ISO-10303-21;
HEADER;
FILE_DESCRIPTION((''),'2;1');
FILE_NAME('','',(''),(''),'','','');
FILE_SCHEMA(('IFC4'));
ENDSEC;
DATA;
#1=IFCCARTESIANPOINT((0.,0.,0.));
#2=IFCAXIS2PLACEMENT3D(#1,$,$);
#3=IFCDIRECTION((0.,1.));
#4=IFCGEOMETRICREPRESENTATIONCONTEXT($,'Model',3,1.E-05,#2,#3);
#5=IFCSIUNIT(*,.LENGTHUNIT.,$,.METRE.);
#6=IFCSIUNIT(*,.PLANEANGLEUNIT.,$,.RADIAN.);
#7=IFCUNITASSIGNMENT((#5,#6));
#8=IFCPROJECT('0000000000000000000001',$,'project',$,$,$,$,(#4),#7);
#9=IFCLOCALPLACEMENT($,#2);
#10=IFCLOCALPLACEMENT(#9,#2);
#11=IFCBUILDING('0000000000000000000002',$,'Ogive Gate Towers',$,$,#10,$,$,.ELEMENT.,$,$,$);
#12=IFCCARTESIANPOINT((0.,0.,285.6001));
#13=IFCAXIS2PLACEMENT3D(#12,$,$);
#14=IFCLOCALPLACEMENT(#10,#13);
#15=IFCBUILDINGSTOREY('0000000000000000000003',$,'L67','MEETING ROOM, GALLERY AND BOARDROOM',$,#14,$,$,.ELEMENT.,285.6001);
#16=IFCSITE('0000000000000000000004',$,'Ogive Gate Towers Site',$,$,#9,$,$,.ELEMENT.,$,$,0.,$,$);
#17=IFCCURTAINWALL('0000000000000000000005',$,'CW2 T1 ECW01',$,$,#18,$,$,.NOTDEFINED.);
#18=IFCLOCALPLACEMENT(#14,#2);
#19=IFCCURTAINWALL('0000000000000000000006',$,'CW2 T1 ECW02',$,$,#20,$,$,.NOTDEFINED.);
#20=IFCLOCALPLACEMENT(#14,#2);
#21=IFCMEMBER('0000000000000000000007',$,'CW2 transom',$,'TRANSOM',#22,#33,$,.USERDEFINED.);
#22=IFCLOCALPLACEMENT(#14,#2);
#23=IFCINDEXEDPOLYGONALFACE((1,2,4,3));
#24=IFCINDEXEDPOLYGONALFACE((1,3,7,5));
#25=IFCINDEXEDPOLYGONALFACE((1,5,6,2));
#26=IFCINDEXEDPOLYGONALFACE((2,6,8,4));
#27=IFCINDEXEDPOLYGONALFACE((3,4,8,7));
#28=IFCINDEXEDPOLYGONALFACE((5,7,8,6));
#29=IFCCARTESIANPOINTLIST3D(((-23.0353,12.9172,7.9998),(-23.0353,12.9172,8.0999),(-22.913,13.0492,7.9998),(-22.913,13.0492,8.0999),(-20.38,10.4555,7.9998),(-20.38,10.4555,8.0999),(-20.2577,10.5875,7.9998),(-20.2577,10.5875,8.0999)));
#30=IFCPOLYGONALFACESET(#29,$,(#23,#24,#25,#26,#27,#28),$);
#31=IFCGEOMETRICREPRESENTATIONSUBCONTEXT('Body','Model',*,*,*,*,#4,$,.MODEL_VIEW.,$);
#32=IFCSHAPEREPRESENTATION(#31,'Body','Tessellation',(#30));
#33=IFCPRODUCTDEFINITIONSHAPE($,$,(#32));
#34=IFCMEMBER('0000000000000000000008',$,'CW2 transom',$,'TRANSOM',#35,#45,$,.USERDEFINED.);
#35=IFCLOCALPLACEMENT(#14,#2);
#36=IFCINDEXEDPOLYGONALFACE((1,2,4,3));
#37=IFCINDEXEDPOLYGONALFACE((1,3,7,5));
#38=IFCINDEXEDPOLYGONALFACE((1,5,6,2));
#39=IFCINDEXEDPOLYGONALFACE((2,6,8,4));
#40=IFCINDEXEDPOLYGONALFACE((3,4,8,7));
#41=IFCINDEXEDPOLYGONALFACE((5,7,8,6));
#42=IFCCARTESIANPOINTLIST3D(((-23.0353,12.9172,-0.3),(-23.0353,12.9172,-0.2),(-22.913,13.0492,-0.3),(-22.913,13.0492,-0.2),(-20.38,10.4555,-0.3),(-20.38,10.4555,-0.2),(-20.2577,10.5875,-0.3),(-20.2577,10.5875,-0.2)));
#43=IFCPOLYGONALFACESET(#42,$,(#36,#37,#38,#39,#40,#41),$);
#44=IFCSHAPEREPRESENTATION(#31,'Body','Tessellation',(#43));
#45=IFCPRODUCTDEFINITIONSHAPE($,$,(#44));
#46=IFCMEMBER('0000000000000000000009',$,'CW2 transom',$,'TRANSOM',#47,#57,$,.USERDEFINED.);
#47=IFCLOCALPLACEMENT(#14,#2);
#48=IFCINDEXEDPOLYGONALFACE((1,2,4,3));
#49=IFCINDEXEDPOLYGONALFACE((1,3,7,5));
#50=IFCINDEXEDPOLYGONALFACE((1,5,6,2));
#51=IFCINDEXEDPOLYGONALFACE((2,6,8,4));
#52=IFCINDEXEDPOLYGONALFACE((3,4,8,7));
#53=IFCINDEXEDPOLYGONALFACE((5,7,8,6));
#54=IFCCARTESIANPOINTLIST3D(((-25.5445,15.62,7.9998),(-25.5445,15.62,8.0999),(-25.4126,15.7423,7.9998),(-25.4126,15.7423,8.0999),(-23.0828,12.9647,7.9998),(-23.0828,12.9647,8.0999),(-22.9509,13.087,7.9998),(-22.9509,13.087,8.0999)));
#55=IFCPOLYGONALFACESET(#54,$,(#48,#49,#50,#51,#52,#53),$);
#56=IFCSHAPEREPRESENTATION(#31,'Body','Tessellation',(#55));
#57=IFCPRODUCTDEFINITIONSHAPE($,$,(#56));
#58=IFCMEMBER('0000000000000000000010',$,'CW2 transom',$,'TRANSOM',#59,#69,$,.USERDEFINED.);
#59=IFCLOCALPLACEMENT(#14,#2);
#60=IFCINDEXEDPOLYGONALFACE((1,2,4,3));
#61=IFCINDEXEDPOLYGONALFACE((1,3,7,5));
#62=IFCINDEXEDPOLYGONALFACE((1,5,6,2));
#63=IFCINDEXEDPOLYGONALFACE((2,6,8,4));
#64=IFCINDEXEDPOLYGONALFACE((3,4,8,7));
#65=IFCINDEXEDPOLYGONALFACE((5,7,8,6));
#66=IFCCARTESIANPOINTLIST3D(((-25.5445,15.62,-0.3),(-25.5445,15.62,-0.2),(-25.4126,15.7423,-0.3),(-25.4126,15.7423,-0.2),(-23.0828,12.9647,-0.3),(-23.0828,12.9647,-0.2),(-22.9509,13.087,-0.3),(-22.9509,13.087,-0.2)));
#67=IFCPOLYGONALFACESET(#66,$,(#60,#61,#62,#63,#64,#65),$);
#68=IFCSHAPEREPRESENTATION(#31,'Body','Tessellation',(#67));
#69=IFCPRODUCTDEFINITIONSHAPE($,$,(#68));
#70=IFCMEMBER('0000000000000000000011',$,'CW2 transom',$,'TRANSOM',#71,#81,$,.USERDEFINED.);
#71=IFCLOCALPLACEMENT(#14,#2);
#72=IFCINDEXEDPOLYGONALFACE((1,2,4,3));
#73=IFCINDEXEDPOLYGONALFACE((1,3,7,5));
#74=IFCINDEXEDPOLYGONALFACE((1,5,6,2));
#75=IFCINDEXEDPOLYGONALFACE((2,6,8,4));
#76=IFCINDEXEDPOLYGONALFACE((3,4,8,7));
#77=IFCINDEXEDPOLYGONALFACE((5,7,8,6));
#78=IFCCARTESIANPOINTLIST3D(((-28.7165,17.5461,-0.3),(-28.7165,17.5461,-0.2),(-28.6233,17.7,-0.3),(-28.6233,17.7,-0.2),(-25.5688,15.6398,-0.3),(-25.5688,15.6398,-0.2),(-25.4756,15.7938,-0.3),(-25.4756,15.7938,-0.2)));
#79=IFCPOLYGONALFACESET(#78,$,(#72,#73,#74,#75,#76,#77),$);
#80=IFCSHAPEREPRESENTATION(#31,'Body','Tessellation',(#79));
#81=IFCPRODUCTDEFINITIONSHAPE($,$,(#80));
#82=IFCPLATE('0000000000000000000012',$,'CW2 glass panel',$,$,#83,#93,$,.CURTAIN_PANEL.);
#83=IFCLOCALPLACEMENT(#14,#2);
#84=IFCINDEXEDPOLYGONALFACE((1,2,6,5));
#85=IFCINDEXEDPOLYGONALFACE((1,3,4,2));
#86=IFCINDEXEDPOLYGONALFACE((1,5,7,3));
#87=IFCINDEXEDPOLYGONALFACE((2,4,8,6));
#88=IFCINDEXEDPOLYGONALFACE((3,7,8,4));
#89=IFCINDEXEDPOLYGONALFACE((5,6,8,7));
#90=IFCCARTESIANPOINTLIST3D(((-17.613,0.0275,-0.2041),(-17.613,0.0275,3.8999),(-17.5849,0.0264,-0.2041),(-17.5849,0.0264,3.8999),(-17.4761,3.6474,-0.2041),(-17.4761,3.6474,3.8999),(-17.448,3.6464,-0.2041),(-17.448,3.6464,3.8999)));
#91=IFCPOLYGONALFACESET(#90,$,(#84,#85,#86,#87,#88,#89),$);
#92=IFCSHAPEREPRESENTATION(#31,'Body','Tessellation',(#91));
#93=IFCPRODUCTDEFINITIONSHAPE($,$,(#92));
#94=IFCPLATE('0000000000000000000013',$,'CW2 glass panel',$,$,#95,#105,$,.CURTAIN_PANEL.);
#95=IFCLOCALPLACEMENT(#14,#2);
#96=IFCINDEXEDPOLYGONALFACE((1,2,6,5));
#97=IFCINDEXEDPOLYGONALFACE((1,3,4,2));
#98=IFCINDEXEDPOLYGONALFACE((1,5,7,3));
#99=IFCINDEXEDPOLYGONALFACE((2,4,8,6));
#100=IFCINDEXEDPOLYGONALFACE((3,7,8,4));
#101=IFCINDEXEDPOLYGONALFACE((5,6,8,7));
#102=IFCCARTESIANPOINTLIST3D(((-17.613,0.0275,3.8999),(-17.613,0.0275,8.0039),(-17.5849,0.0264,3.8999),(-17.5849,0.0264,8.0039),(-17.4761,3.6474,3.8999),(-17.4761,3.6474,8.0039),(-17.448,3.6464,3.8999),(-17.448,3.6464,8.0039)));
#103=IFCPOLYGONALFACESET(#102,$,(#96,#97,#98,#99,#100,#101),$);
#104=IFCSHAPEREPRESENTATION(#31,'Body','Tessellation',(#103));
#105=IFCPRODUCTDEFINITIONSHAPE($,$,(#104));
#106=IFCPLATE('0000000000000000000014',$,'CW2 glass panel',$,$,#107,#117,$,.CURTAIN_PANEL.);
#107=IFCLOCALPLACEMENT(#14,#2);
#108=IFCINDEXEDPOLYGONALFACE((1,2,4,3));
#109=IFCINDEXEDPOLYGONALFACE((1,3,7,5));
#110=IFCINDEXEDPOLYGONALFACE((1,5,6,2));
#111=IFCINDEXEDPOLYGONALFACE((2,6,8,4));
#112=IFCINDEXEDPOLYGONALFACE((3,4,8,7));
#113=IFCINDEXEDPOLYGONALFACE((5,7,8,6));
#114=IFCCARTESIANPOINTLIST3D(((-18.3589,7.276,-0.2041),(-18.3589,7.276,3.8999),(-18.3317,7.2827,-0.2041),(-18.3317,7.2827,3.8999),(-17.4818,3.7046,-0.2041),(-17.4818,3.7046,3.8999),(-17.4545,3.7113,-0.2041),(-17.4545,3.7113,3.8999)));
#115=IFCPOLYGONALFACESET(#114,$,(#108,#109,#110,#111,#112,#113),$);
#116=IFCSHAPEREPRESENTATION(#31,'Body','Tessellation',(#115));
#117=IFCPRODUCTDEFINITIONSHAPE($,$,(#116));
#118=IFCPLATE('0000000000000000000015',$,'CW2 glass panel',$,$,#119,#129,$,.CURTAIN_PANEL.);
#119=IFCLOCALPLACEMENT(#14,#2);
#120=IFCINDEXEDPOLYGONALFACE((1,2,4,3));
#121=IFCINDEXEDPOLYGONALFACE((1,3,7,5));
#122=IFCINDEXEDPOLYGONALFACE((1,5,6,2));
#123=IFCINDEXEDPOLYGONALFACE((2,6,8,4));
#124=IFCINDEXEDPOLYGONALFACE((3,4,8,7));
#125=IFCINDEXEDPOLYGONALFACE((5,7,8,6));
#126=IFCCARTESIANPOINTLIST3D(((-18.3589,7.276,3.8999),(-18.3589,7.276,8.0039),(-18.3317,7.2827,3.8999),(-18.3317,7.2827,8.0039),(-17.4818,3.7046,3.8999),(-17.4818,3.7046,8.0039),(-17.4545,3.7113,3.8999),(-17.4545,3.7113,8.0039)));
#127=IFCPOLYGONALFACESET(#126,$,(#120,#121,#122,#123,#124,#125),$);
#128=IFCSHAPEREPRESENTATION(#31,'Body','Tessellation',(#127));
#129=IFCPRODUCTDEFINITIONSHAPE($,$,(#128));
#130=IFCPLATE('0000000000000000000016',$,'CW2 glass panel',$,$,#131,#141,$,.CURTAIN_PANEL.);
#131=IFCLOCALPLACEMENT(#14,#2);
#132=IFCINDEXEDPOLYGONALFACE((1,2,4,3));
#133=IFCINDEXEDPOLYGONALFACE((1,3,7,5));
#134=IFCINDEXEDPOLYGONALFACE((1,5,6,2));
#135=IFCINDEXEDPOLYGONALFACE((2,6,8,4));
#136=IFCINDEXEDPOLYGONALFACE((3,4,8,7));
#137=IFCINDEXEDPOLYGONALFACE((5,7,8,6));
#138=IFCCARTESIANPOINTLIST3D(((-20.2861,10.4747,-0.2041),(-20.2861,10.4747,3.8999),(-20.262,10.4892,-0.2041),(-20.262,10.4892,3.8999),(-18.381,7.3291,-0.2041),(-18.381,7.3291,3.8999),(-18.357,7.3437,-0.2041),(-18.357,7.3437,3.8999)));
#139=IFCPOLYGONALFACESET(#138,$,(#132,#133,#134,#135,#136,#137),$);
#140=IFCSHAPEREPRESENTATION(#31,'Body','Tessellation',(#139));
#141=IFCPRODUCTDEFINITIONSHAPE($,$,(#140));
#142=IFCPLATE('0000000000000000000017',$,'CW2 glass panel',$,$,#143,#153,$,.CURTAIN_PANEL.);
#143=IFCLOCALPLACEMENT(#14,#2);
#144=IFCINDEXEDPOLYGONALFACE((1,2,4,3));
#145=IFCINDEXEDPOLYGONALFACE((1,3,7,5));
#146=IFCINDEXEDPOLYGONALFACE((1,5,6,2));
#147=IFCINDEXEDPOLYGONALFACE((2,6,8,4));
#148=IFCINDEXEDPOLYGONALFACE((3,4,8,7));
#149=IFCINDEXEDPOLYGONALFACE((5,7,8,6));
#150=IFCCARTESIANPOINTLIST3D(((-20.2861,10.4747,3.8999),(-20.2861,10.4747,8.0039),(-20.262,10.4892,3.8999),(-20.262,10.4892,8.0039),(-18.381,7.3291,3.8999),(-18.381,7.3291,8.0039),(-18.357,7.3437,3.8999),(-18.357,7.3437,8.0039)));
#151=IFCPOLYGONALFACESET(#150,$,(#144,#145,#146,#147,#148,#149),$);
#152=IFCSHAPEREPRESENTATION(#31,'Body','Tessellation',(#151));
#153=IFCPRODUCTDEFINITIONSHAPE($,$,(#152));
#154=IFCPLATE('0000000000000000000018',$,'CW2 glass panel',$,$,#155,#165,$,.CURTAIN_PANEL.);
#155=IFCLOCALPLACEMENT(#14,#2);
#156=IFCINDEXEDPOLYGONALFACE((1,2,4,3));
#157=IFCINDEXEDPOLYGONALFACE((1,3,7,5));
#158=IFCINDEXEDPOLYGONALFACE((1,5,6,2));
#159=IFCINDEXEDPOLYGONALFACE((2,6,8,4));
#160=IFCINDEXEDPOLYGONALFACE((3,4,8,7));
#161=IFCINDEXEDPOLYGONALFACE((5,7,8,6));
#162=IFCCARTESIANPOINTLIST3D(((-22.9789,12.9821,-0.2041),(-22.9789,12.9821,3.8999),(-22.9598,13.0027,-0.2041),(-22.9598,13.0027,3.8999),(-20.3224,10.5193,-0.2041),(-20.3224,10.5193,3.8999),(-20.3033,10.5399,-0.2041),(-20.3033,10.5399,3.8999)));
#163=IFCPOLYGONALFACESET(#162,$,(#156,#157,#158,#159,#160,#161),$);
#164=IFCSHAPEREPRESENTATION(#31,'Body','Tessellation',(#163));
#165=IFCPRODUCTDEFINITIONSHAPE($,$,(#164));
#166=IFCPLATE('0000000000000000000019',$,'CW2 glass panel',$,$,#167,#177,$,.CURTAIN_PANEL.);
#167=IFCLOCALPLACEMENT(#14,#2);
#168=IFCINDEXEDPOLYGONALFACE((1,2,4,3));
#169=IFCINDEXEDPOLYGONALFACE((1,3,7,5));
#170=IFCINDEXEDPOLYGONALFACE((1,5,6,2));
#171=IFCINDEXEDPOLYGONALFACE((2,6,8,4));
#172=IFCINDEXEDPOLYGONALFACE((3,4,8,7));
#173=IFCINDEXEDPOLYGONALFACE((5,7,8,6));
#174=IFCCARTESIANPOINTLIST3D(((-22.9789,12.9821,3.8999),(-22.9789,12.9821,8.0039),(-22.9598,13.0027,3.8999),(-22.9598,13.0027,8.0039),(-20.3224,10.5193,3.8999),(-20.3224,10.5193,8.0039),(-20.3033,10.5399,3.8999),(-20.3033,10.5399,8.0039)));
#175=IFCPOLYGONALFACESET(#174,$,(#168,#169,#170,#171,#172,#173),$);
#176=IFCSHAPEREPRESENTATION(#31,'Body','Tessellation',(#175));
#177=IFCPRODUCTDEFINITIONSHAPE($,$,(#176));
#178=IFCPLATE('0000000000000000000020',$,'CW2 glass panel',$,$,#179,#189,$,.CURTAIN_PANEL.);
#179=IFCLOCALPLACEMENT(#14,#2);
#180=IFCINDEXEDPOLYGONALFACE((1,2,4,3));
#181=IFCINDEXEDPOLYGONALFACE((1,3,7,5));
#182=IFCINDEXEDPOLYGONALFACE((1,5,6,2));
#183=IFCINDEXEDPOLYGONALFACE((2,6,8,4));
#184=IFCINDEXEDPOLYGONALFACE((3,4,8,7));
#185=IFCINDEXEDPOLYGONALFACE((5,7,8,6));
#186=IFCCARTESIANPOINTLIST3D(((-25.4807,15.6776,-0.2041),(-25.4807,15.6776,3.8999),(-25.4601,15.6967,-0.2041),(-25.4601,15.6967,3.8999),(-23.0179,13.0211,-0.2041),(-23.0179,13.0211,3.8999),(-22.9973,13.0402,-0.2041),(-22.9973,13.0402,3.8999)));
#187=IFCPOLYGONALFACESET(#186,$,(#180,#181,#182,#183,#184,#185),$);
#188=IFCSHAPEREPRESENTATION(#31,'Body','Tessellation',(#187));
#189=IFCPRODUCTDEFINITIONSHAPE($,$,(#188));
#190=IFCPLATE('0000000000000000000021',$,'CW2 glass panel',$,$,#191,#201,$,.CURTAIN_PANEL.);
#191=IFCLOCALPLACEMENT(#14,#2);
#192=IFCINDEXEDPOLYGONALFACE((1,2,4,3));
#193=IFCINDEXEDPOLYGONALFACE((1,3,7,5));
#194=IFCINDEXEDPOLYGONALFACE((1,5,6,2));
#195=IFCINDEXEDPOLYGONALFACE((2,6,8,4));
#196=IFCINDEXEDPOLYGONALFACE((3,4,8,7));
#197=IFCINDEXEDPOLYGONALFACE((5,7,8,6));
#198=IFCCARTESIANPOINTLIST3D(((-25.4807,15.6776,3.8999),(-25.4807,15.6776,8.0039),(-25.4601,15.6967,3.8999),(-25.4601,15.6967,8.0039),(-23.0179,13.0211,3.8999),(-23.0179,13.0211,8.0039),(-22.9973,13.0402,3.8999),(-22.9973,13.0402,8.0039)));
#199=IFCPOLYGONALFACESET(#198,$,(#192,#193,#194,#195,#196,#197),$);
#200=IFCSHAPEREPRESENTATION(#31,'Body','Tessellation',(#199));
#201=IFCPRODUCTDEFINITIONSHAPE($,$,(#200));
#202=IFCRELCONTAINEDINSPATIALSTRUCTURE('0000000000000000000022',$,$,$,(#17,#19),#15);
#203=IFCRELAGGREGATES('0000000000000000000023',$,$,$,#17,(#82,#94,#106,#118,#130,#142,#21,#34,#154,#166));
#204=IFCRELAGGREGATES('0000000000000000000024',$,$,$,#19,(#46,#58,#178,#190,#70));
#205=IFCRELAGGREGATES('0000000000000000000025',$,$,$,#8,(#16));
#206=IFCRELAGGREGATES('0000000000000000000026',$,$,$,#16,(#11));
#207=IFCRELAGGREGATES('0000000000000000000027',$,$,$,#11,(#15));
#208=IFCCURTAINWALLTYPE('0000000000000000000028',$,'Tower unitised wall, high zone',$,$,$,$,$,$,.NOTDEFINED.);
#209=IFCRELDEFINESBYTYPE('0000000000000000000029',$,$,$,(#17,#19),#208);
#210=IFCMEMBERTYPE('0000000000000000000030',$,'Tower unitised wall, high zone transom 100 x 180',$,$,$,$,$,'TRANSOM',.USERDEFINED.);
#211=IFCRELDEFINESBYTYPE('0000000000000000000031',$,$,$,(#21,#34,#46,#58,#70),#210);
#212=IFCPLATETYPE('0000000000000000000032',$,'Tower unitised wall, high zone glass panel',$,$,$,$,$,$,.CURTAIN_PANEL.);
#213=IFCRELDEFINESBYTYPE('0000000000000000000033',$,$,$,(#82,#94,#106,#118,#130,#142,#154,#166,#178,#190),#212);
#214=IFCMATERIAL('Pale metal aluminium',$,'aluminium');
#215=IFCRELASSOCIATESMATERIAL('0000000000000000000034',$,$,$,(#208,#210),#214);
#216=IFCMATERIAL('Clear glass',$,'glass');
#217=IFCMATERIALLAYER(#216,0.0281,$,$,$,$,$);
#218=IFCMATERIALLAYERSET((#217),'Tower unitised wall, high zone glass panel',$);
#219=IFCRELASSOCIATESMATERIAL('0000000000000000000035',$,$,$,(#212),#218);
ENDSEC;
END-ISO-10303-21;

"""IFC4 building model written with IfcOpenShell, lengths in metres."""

from ifc_helpers import new_model, si_unit, direction, frame, origin, origin_2d, place, context, subcontext, project, spatial, rectangle, extrude, material, layer, layer_set, material_profile, profile_set, type_object, element, aggregate, save


model = new_model("IFC4")

# Units and contexts
model_context = context("Model", 3, precision=1e-05, world=origin(), true_north=direction((0.0, 1.0)))
body_context = subcontext(model_context, "Body", "Model", "MODEL_VIEW")
ifc_project = project(units=[si_unit("LENGTHUNIT", "METRE"), si_unit("PLANEANGLEUNIT", "RADIAN")], contexts=[model_context])

# Site, building, storey
site_placement = place(None, origin())
site = spatial("IfcSite", under=ifc_project, at=site_placement, Name="Ogive Gate Towers Site", CompositionType="ELEMENT", RefElevation=0.0)
building_placement = place(site_placement, origin())
building = spatial("IfcBuilding", under=site, at=building_placement, Name="Ogive Gate Towers", CompositionType="ELEMENT")
storey_placement = place(building_placement, frame((0.0, 0.0, 285.6001)))
storey = spatial("IfcBuildingStorey", under=building, at=storey_placement, Name="L67", Description="MEETING ROOM, GALLERY AND BOARDROOM", CompositionType="ELEMENT", Elevation=285.6001)

# Curtain wall
ifc_material_1 = material(Name="Pale metal aluminium", Category="aluminium")
curtain_wall_type = type_object("IfcCurtainWallType", Name="Tower unitised wall, high zone", PredefinedType="NOTDEFINED", material=ifc_material_1)
curtain_wall_1_placement = place(storey_placement, origin())
curtain_wall_1 = element("IfcCurtainWall", 1, at=curtain_wall_1_placement, inside=storey, type_object=curtain_wall_type, Name="CW2 T1 ECW01", PredefinedType="NOTDEFINED")

# Curtain wall
curtain_wall_2_placement = place(storey_placement, origin())
curtain_wall_2 = element("IfcCurtainWall", 2, at=curtain_wall_2_placement, inside=storey, type_object=curtain_wall_type, Name="CW2 T1 ECW02", PredefinedType="NOTDEFINED")

# Members
ifc_material_profile_1 = material_profile(ifc_material_1, rectangle(XDim=0.1799, YDim=0.1001, at=origin_2d()), Name="100 x 180 aluminium box")
ifc_profile_set_1 = profile_set([ifc_material_profile_1], Name="Pale metal aluminium")
member_type_1 = type_object("IfcMemberType", Name="Tower unitised wall, high zone transom 100 x 180", ElementType="TRANSOM", PredefinedType="USERDEFINED", material=ifc_profile_set_1)
member_1_placement = place(storey_placement, frame((-20.3188, 10.5215, 8.0498), z_axis=(-0.733336, 0.679866, 0.0), x_axis=(-0.679866, -0.733336, 0.0)))
member_1 = element("IfcMember", 3, at=member_1_placement, type_object=member_type_1, Name="CW2 transom", ObjectType="TRANSOM", PredefinedType="USERDEFINED", context=body_context, shape_type="SweptSolid", body=[
    extrude(rectangle(XDim=0.1799, YDim=0.1001, at=origin_2d()), origin(), (0.0, 0.0, 1.0), 3.6208),
])
member_2_placement = place(storey_placement, frame((-20.3188, 10.5215, -0.25), z_axis=(-0.733336, 0.679866, 0.0), x_axis=(-0.679866, -0.733336, 0.0)))
member_2 = element("IfcMember", 4, at=member_2_placement, type_object=member_type_1, Name="CW2 transom", ObjectType="TRANSOM", PredefinedType="USERDEFINED", context=body_context, shape_type="SweptSolid", body=[
    extrude(rectangle(XDim=0.1799, YDim=0.1001, at=origin_2d()), origin(), (0.0, 0.0, 1.0), 3.6208),
])
member_3_placement = place(storey_placement, frame((-23.0168, 13.0259, 8.0498), z_axis=(-0.679866, 0.733336, 0.0), x_axis=(-0.733336, -0.679866, 0.0)))
member_3 = element("IfcMember", 5, at=member_3_placement, type_object=member_type_1, Name="CW2 transom", ObjectType="TRANSOM", PredefinedType="USERDEFINED", context=body_context, shape_type="SweptSolid", body=[
    extrude(rectangle(XDim=0.1799, YDim=0.1001, at=origin_2d()), origin(), (0.0, 0.0, 1.0), 3.6208),
])
member_4_placement = place(storey_placement, frame((-23.0168, 13.0259, -0.25), z_axis=(-0.679866, 0.733336, 0.0), x_axis=(-0.733336, -0.679866, 0.0)))
member_4 = element("IfcMember", 6, at=member_4_placement, type_object=member_type_1, Name="CW2 transom", ObjectType="TRANSOM", PredefinedType="USERDEFINED", context=body_context, shape_type="SweptSolid", body=[
    extrude(rectangle(XDim=0.1799, YDim=0.1001, at=origin_2d()), origin(), (0.0, 0.0, 1.0), 3.6208),
])
member_5_placement = place(storey_placement, frame((-25.5222, 15.7168, -0.25), z_axis=(-0.855372, 0.518013, 0.0), x_axis=(-0.518013, -0.855372, 0.0)))
member_5 = element("IfcMember", 7, at=member_5_placement, type_object=member_type_1, Name="CW2 transom", ObjectType="TRANSOM", PredefinedType="USERDEFINED", context=body_context, shape_type="SweptSolid", body=[
    extrude(rectangle(XDim=0.1799, YDim=0.1001, at=origin_2d()), origin(), (0.0, 0.0, 1.0), 3.6799),
])

# Plates
ifc_material_2 = material(Name="Clear glass", Category="glass")
ifc_layer_1 = layer(ifc_material_2, 0.0281)
ifc_layer_set_1 = layer_set([ifc_layer_1], Name="Tower unitised wall, high zone glass panel")
plate_type = type_object("IfcPlateType", Name="Tower unitised wall, high zone glass panel", PredefinedType="CURTAIN_PANEL", material=ifc_layer_set_1)
plate_1_placement = place(storey_placement, frame((-17.5305, 1.8369, -0.2041), z_axis=(0.0, 0.0, 1.0), x_axis=(0.037795, 0.999286, 0.0)))
plate_1 = element("IfcPlate", 8, at=plate_1_placement, type_object=plate_type, Name="CW2 glass panel", PredefinedType="CURTAIN_PANEL", context=body_context, shape_type="SweptSolid", body=[
    extrude(rectangle(XDim=3.6226, YDim=0.0281, at=origin_2d()), origin(), (0.0, 0.0, 1.0), 4.104),
])
plate_2_placement = place(storey_placement, frame((-17.5305, 1.8369, 3.8999), z_axis=(0.0, 0.0, 1.0), x_axis=(0.037795, 0.999286, 0.0)))
plate_2 = element("IfcPlate", 9, at=plate_2_placement, type_object=plate_type, Name="CW2 glass panel", PredefinedType="CURTAIN_PANEL", context=body_context, shape_type="SweptSolid", body=[
    extrude(rectangle(XDim=3.6226, YDim=0.0281, at=origin_2d()), origin(), (0.0, 0.0, 1.0), 4.104),
])
plate_3_placement = place(storey_placement, frame((-17.9067, 5.4937, -0.2041), z_axis=(0.0, 0.0, 1.0), x_axis=(-0.238517, 0.971138, 0.0)))
plate_3 = element("IfcPlate", 10, at=plate_3_placement, type_object=plate_type, Name="CW2 glass panel", PredefinedType="CURTAIN_PANEL", context=body_context, shape_type="SweptSolid", body=[
    extrude(rectangle(XDim=3.6775, YDim=0.0281, at=origin_2d()), origin(), (0.0, 0.0, 1.0), 4.104),
])
plate_4_placement = place(storey_placement, frame((-17.9067, 5.4937, 3.8999), z_axis=(0.0, 0.0, 1.0), x_axis=(-0.238517, 0.971138, 0.0)))
plate_4 = element("IfcPlate", 11, at=plate_4_placement, type_object=plate_type, Name="CW2 glass panel", PredefinedType="CURTAIN_PANEL", context=body_context, shape_type="SweptSolid", body=[
    extrude(rectangle(XDim=3.6775, YDim=0.0281, at=origin_2d()), origin(), (0.0, 0.0, 1.0), 4.104),
])
plate_5_placement = place(storey_placement, frame((-19.3215, 8.9092, -0.2041), z_axis=(0.0, 0.0, 1.0), x_axis=(-0.518027, 0.855364, 0.0)))
plate_5 = element("IfcPlate", 12, at=plate_5_placement, type_object=plate_type, Name="CW2 glass panel", PredefinedType="CURTAIN_PANEL", context=body_context, shape_type="SweptSolid", body=[
    extrude(rectangle(XDim=3.6775, YDim=0.0281, at=origin_2d()), origin(), (0.0, 0.0, 1.0), 4.104),
])
plate_6_placement = place(storey_placement, frame((-19.3215, 8.9092, 3.8999), z_axis=(0.0, 0.0, 1.0), x_axis=(-0.518027, 0.855364, 0.0)))
plate_6 = element("IfcPlate", 13, at=plate_6_placement, type_object=plate_type, Name="CW2 glass panel", PredefinedType="CURTAIN_PANEL", context=body_context, shape_type="SweptSolid", body=[
    extrude(rectangle(XDim=3.6775, YDim=0.0281, at=origin_2d()), origin(), (0.0, 0.0, 1.0), 4.104),
])
plate_7_placement = place(storey_placement, frame((-21.6411, 11.761, -0.2041), z_axis=(0.0, 0.0, 1.0), x_axis=(-0.733338, 0.679864, 0.0)))
plate_7 = element("IfcPlate", 14, at=plate_7_placement, type_object=plate_type, Name="CW2 glass panel", PredefinedType="CURTAIN_PANEL", context=body_context, shape_type="SweptSolid", body=[
    extrude(rectangle(XDim=3.6226, YDim=0.0281, at=origin_2d()), origin(), (0.0, 0.0, 1.0), 4.104),
])
plate_8_placement = place(storey_placement, frame((-21.6411, 11.761, 3.8999), z_axis=(0.0, 0.0, 1.0), x_axis=(-0.733338, 0.679864, 0.0)))
plate_8 = element("IfcPlate", 15, at=plate_8_placement, type_object=plate_type, Name="CW2 glass panel", PredefinedType="CURTAIN_PANEL", context=body_context, shape_type="SweptSolid", body=[
    extrude(rectangle(XDim=3.6226, YDim=0.0281, at=origin_2d()), origin(), (0.0, 0.0, 1.0), 4.104),
])
aggregate(curtain_wall_1, [plate_1, plate_2, plate_3, plate_4, plate_5, plate_6, member_1, member_2, plate_7, plate_8])
plate_9_placement = place(storey_placement, frame((-24.239, 14.3589, -0.2041), z_axis=(0.0, 0.0, 1.0), x_axis=(-0.679864, 0.733338, 0.0)))
plate_9 = element("IfcPlate", 16, at=plate_9_placement, type_object=plate_type, Name="CW2 glass panel", PredefinedType="CURTAIN_PANEL", context=body_context, shape_type="SweptSolid", body=[
    extrude(rectangle(XDim=3.6226, YDim=0.0281, at=origin_2d()), origin(), (0.0, 0.0, 1.0), 4.104),
])
plate_10_placement = place(storey_placement, frame((-24.239, 14.3589, 3.8999), z_axis=(0.0, 0.0, 1.0), x_axis=(-0.679864, 0.733338, 0.0)))
plate_10 = element("IfcPlate", 17, at=plate_10_placement, type_object=plate_type, Name="CW2 glass panel", PredefinedType="CURTAIN_PANEL", context=body_context, shape_type="SweptSolid", body=[
    extrude(rectangle(XDim=3.6226, YDim=0.0281, at=origin_2d()), origin(), (0.0, 0.0, 1.0), 4.104),
])
aggregate(curtain_wall_2, [member_3, member_4, plate_9, plate_10, member_5])

save(model, "model.ifc")
